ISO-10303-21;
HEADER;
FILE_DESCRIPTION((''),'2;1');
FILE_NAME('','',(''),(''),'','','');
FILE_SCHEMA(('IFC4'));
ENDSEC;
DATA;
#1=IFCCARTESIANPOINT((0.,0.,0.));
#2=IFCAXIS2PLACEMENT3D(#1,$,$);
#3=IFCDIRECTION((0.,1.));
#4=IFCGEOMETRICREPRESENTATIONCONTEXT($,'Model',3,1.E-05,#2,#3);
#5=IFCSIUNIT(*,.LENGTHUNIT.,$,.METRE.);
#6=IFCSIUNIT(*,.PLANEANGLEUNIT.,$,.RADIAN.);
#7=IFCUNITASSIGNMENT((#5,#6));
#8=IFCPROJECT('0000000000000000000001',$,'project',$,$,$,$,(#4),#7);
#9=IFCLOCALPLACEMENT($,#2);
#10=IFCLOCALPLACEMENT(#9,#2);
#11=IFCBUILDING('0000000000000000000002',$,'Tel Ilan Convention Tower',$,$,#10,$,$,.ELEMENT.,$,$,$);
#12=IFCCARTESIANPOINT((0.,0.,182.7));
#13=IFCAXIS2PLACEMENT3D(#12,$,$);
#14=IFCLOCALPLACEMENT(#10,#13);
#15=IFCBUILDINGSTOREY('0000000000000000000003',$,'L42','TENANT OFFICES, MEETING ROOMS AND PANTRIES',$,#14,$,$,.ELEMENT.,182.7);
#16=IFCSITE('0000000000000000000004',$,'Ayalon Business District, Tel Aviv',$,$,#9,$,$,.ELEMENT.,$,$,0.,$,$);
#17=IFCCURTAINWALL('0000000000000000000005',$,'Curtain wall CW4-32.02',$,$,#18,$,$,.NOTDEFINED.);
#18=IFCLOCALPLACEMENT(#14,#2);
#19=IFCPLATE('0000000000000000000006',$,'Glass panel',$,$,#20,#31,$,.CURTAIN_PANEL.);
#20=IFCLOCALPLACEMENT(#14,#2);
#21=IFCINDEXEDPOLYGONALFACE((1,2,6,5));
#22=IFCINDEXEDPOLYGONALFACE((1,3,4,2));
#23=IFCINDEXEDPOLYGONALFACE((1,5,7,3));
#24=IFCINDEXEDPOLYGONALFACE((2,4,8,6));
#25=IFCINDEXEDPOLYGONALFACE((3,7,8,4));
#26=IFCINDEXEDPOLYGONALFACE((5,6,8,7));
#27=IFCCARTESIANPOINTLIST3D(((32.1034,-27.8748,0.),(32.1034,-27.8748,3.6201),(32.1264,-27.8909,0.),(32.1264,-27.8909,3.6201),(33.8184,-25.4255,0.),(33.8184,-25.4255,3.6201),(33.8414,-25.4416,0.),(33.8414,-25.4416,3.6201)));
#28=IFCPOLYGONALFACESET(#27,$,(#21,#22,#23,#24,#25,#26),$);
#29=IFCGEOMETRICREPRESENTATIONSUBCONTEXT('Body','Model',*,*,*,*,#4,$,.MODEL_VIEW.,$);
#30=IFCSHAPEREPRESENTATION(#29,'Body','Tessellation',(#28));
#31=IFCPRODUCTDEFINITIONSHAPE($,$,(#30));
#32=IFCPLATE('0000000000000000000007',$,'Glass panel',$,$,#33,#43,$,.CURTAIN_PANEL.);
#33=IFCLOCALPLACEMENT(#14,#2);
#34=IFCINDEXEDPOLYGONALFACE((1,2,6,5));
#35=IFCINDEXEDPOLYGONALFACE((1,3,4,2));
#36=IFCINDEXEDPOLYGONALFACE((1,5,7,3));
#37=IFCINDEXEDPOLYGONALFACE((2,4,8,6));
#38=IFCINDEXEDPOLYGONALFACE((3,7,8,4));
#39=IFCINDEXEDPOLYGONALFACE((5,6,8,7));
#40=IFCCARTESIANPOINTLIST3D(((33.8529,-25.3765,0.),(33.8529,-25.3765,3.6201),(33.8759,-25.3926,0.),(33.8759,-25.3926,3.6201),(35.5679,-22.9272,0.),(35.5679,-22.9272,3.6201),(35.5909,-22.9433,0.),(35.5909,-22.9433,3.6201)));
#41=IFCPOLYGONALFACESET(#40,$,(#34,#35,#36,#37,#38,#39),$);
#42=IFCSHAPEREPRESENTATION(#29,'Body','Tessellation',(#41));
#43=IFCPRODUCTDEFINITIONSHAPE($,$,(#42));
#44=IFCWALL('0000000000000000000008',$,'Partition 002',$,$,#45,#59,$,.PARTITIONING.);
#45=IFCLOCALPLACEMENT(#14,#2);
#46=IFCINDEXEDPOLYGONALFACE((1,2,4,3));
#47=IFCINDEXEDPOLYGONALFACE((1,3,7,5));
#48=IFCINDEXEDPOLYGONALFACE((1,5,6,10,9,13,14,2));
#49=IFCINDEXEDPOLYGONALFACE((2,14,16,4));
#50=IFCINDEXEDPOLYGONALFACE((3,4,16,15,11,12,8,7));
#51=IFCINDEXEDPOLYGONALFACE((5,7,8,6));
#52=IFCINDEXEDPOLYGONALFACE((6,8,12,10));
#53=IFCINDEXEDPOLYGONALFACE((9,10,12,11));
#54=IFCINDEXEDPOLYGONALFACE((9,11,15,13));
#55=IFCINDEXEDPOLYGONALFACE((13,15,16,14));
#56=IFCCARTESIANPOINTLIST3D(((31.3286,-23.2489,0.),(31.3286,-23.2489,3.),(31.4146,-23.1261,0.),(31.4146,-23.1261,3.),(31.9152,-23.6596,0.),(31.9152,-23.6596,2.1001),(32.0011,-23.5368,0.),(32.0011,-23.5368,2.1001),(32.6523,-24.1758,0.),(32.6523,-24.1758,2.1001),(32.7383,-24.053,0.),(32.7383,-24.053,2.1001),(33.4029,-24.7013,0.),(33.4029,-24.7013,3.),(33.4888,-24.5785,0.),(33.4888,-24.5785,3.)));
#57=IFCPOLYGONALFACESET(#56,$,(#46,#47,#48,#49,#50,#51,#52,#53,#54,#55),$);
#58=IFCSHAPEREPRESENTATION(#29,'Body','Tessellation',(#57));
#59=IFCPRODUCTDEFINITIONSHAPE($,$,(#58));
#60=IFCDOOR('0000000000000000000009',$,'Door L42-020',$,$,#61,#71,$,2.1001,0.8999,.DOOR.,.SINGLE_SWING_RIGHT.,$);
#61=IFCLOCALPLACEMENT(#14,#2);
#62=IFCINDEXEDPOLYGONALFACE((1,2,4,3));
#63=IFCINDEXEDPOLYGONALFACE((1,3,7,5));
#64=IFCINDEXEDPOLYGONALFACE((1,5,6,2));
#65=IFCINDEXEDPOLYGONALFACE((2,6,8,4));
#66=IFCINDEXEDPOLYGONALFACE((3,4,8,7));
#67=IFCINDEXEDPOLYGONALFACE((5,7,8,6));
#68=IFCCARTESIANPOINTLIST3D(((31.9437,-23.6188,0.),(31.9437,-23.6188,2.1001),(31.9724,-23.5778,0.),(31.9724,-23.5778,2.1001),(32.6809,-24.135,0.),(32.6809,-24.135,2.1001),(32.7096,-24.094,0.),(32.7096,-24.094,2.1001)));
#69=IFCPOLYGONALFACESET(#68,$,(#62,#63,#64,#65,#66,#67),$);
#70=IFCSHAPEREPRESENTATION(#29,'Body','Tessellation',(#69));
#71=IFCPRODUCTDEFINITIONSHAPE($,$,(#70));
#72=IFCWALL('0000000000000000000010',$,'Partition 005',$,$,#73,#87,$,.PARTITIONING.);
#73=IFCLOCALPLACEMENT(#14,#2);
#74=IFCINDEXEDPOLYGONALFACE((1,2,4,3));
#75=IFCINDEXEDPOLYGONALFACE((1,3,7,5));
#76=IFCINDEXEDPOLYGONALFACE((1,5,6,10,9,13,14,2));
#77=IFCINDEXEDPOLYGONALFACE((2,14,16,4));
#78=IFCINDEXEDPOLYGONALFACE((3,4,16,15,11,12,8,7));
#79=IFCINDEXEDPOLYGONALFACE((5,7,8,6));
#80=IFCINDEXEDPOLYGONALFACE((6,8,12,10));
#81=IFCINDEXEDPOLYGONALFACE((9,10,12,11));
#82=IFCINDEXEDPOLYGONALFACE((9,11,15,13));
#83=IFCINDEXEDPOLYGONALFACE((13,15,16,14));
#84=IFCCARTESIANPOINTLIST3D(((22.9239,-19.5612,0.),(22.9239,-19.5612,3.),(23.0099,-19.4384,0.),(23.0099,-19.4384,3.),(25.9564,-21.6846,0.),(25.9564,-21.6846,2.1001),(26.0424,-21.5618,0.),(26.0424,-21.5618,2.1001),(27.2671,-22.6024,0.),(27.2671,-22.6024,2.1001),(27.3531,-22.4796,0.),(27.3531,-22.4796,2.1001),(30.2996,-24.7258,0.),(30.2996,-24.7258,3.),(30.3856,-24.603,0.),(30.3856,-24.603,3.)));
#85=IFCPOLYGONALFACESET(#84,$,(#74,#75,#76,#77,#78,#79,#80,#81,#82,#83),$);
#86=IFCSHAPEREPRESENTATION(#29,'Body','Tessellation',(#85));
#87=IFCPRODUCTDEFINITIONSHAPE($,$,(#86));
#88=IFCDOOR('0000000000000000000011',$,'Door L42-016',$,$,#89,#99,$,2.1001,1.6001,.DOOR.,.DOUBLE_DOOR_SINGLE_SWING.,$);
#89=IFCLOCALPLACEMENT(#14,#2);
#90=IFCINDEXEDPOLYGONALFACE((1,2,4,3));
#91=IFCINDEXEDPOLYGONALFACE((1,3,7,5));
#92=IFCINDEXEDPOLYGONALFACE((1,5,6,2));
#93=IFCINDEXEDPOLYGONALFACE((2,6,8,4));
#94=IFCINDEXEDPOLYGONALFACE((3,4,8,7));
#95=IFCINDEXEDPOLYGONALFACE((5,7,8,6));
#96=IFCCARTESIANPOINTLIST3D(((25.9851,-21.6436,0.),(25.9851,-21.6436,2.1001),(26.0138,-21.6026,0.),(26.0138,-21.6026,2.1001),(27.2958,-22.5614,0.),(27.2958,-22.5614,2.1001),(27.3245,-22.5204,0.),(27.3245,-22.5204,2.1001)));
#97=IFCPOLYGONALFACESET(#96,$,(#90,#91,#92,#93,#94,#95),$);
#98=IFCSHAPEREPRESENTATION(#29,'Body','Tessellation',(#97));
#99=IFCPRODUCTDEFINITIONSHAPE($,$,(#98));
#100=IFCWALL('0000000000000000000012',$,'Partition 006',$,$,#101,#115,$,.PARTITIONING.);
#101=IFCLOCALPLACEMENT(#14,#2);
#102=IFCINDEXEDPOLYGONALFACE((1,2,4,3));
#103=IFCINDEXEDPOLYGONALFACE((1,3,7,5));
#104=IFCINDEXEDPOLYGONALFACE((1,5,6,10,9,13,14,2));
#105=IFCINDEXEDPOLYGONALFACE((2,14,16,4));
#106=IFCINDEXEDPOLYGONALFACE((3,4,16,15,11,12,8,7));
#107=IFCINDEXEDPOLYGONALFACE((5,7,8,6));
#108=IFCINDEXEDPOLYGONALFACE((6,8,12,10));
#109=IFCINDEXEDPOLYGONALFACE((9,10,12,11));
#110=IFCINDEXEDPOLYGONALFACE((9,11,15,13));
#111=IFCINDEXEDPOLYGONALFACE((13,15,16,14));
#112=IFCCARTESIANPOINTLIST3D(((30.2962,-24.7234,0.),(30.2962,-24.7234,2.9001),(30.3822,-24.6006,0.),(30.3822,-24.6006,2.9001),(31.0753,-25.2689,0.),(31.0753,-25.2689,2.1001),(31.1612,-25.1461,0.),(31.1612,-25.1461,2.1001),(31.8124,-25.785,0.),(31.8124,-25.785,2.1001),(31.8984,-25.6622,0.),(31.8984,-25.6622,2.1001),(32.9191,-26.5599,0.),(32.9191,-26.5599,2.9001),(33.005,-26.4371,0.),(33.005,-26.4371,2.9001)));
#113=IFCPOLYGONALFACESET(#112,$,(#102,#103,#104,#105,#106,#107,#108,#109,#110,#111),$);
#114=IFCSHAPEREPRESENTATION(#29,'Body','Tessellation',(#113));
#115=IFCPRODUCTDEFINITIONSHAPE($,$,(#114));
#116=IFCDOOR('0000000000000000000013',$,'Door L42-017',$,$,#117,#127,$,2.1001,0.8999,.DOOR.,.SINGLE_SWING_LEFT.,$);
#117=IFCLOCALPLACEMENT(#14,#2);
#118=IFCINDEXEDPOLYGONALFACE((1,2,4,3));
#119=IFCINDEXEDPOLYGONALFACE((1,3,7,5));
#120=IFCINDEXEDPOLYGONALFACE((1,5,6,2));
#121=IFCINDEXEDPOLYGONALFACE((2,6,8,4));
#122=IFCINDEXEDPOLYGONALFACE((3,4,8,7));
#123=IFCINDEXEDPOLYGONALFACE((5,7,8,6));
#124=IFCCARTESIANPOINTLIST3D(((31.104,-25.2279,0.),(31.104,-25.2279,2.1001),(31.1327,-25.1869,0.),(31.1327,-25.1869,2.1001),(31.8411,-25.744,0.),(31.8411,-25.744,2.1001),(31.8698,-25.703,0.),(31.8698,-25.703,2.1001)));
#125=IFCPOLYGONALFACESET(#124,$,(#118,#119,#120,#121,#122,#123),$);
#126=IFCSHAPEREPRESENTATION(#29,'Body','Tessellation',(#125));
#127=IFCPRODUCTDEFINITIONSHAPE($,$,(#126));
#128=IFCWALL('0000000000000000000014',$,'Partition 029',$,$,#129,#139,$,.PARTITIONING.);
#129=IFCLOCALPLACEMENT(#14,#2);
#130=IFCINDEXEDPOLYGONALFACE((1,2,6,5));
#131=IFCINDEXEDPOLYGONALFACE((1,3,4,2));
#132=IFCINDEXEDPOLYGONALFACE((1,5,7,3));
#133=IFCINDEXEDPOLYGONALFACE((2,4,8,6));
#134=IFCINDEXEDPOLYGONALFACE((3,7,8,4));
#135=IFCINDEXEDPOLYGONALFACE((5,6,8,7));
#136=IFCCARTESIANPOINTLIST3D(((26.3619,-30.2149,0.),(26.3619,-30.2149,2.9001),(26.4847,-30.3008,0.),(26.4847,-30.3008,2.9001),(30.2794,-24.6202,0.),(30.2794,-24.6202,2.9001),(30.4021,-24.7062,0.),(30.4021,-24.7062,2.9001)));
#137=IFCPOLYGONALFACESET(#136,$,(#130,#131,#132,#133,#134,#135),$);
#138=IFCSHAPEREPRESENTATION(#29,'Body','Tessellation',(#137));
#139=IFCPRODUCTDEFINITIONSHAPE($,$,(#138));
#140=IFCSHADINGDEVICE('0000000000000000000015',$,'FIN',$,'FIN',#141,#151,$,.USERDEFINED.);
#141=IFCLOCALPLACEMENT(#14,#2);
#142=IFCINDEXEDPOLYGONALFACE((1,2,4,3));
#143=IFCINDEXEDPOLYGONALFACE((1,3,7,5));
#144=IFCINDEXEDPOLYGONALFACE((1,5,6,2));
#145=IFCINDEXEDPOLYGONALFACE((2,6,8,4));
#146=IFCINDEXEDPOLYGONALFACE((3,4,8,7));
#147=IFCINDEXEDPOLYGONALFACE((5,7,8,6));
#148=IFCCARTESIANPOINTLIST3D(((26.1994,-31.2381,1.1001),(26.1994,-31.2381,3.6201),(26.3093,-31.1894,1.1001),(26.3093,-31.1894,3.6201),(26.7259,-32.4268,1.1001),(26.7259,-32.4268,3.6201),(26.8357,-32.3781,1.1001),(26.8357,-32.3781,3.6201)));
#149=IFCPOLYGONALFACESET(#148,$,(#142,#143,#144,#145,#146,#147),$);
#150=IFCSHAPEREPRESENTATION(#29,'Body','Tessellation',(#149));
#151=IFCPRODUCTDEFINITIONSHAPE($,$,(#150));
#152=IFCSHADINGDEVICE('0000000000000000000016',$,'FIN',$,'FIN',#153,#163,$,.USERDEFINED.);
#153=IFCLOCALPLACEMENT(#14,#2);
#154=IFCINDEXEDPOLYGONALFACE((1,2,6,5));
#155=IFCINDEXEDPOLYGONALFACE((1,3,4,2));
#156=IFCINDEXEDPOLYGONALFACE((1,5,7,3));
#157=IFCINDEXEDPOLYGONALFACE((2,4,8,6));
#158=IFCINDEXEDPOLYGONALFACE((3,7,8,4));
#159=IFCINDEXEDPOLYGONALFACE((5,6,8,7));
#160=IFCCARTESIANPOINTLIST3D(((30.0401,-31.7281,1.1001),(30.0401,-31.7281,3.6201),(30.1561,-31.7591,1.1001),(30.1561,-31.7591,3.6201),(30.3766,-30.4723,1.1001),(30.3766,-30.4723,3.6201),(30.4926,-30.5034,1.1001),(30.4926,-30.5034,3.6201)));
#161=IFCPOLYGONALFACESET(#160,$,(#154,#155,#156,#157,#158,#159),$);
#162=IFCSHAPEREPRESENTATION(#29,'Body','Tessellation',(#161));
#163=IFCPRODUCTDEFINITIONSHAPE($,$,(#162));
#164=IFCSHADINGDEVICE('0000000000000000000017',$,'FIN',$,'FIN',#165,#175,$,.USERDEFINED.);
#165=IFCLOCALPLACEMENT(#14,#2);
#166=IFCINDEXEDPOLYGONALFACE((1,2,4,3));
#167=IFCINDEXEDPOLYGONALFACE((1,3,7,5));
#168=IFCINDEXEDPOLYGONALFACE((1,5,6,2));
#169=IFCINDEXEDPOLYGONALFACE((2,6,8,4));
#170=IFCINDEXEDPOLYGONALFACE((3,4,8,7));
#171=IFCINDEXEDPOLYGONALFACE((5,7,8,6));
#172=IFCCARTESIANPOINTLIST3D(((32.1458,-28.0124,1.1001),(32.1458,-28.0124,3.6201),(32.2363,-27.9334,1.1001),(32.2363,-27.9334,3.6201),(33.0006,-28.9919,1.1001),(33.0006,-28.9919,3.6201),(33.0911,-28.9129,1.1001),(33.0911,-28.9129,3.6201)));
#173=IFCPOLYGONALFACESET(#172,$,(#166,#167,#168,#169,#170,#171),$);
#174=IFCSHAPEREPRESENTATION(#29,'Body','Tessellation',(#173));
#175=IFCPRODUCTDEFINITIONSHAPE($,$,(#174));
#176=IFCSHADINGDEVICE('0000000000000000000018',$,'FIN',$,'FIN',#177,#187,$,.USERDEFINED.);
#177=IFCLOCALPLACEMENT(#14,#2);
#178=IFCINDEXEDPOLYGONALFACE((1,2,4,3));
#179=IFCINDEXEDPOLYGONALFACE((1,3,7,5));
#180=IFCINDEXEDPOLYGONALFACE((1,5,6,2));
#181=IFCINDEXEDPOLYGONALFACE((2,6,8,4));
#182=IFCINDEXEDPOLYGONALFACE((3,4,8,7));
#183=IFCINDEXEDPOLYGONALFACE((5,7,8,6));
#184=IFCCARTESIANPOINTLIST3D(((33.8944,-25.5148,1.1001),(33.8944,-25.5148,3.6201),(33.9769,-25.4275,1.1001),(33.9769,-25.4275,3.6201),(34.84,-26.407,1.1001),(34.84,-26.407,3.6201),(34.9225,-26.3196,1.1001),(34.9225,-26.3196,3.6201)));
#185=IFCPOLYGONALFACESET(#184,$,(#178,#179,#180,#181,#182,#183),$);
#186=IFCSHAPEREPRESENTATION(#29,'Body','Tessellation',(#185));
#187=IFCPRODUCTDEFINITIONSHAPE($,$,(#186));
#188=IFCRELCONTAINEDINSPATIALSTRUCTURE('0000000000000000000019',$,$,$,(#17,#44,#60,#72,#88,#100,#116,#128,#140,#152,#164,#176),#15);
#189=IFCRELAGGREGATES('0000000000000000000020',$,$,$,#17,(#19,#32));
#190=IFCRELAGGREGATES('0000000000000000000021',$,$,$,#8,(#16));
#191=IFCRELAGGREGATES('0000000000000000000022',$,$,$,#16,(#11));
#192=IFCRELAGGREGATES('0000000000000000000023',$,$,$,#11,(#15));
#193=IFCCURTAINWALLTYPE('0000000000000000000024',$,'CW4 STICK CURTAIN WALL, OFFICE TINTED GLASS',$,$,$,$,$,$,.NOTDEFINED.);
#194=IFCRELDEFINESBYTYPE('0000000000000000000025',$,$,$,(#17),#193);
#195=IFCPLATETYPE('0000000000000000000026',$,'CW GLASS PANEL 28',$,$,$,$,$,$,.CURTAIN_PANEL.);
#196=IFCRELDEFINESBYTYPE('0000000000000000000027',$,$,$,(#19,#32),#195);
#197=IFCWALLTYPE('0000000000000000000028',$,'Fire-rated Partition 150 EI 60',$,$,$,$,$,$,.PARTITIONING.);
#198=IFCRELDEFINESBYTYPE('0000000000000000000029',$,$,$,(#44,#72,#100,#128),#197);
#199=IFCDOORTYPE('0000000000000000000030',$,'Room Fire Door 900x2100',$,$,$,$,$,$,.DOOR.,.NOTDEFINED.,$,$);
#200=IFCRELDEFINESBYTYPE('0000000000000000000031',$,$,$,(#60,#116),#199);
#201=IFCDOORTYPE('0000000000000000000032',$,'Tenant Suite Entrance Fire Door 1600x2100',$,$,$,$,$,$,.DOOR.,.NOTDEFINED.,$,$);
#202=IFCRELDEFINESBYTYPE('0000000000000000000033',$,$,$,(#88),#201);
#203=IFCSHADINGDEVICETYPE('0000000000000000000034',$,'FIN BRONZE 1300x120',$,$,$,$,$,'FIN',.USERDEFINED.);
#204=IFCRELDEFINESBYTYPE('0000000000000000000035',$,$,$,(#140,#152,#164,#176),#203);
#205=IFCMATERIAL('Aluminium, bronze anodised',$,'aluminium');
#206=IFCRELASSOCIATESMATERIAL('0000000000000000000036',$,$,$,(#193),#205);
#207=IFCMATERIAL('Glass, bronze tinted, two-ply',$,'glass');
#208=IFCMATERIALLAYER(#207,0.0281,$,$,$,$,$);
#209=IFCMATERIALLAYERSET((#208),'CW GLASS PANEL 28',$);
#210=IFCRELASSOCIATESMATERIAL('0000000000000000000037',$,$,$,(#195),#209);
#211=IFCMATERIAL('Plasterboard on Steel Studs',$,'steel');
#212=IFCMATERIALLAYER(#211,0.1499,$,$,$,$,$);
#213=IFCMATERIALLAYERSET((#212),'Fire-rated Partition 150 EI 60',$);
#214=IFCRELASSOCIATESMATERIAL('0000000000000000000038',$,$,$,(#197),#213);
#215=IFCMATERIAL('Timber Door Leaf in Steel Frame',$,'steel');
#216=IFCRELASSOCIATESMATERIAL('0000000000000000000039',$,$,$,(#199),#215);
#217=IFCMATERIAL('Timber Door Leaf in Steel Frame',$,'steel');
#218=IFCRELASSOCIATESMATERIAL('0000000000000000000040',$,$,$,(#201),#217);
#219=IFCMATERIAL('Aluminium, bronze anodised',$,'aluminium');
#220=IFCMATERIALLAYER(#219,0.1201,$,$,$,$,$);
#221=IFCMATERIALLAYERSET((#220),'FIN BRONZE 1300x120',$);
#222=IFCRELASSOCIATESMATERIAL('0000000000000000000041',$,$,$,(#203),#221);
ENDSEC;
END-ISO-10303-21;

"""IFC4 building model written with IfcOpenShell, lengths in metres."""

from ifc_helpers import new_model, si_unit, direction, frame, frame_2d, origin, origin_2d, place, context, subcontext, project, spatial, rectangle, extrude, material, layer, layer_set, type_object, element, fill, aggregate, save


model = new_model("IFC4")

# Units and contexts
model_context = context("Model", 3, precision=1e-05, world=origin(), true_north=direction((0.0, 1.0)))
body_context = subcontext(model_context, "Body", "Model", "MODEL_VIEW")
ifc_project = project(units=[si_unit("LENGTHUNIT", "METRE"), si_unit("PLANEANGLEUNIT", "RADIAN")], contexts=[model_context])

# Site, building, storey
site_placement = place(None, origin())
site = spatial("IfcSite", under=ifc_project, at=site_placement, Name="Ayalon Business District, Tel Aviv", CompositionType="ELEMENT", RefElevation=0.0)
building_placement = place(site_placement, origin())
building = spatial("IfcBuilding", under=site, at=building_placement, Name="Tel Ilan Convention Tower", CompositionType="ELEMENT")
storey_placement = place(building_placement, frame((0.0, 0.0, 182.7)))
storey = spatial("IfcBuildingStorey", under=building, at=storey_placement, Name="L42", Description="TENANT OFFICES, MEETING ROOMS AND PANTRIES", CompositionType="ELEMENT", Elevation=182.7)

# Curtain wall, plates
ifc_material_1 = material(Name="Aluminium, bronze anodised", Category="aluminium")
curtain_wall_type = type_object("IfcCurtainWallType", Name="CW4 STICK CURTAIN WALL, OFFICE TINTED GLASS", PredefinedType="NOTDEFINED", material=ifc_material_1)
curtain_wall_placement = place(storey_placement, origin())
curtain_wall = element("IfcCurtainWall", 1, at=curtain_wall_placement, inside=storey, type_object=curtain_wall_type, Name="Curtain wall CW4-32.02", PredefinedType="NOTDEFINED")
ifc_material_2 = material(Name="Glass, bronze tinted, two-ply", Category="glass")
ifc_layer_1 = layer(ifc_material_2, 0.0281)
ifc_layer_set_1 = layer_set([ifc_layer_1], Name="CW GLASS PANEL 28")
plate_type = type_object("IfcPlateType", Name="CW GLASS PANEL 28", PredefinedType="CURTAIN_PANEL", material=ifc_layer_set_1)
plate_1_placement = place(storey_placement, frame((32.9724, -26.6582, 0.0), z_axis=(0.0, 0.0, 1.0), x_axis=(0.573576, 0.819152, 0.0)))
plate_1 = element("IfcPlate", 2, at=plate_1_placement, type_object=plate_type, Name="Glass panel", PredefinedType="CURTAIN_PANEL", context=body_context, shape_type="SweptSolid", body=[
    extrude(rectangle(XDim=2.99, YDim=0.0281, at=origin_2d()), origin(), (0.0, 0.0, 1.0), 3.6201),
])
plate_2_placement = place(storey_placement, frame((34.7219, -24.1599, 0.0), z_axis=(0.0, 0.0, 1.0), x_axis=(0.573576, 0.819152, 0.0)))
plate_2 = element("IfcPlate", 3, at=plate_2_placement, type_object=plate_type, Name="Glass panel", PredefinedType="CURTAIN_PANEL", context=body_context, shape_type="SweptSolid", body=[
    extrude(rectangle(XDim=2.99, YDim=0.0281, at=origin_2d()), origin(), (0.0, 0.0, 1.0), 3.6201),
])
aggregate(curtain_wall, [plate_1, plate_2])

# Walls, openings, doors
ifc_material_3 = material(Name="Plasterboard on Steel Studs", Category="steel")
ifc_layer_2 = layer(ifc_material_3, 0.1499)
ifc_layer_set_2 = layer_set([ifc_layer_2], Name="Fire-rated Partition 150 EI 60")
wall_type = type_object("IfcWallType", Name="Fire-rated Partition 150 EI 60", PredefinedType="PARTITIONING", material=ifc_layer_set_2)
wall_1_placement = place(storey_placement, frame((31.3716, -23.1875, 0.0), z_axis=(0.0, 0.0, 1.0), x_axis=(0.81915, -0.573579, 0.0)))
wall_1 = element("IfcWall", 4, at=wall_1_placement, inside=storey, type_object=wall_type, Name="Partition 002", PredefinedType="PARTITIONING", context=body_context, shape_type="SweptSolid", body=[
    extrude(rectangle(XDim=2.5322, YDim=0.1499, at=frame_2d((1.2661, 0.0))), origin(), (0.0, 0.0, 1.0), 3.0),
])
opening_1_placement = place(wall_1_placement, frame((0.7161, 0.0, 0.0)))
opening_1 = element("IfcOpeningElement", 5, at=opening_1_placement, cuts=wall_1, PredefinedType="OPENING", context=body_context, shape_type="SweptSolid", body=[
    extrude(rectangle(XDim=0.8999, YDim=2.1001, at=frame_2d((0.45, 1.05))), frame((0.0, 0.085, 0.0), z_axis=(0.0, -1.0, 0.0), x_axis=(1.0, 0.0, 0.0)), (0.0, 0.0, 1.0), 0.1699),
])
ifc_material_4 = material(Name="Timber Door Leaf in Steel Frame", Category="steel")
door_type_1 = type_object("IfcDoorType", Name="Room Fire Door 900x2100", OperationType="NOTDEFINED", PredefinedType="DOOR", material=ifc_material_4)
door_1_placement = place(opening_1_placement, origin())
door_1 = element("IfcDoor", 6, at=door_1_placement, inside=storey, type_object=door_type_1, Name="Door L42-020", OperationType="SINGLE_SWING_RIGHT", OverallHeight=2.1001, OverallWidth=0.8999, PredefinedType="DOOR", context=body_context, shape_type="SweptSolid", body=[
    extrude(rectangle(XDim=0.8999, YDim=2.1001, at=frame_2d((0.45, 1.05))), frame((0.0, 0.0249, 0.0), z_axis=(0.0, -1.0, 0.0), x_axis=(1.0, 0.0, 0.0)), (0.0, 0.0, 1.0), 0.05),
])
fill(opening_1, door_1)
wall_2_placement = place(storey_placement, frame((30.3425, -24.6643, 0.0), z_axis=(0.0, 0.0, 1.0), x_axis=(-0.819152, 0.573577, 0.0)))
wall_2 = element("IfcWall", 7, at=wall_2_placement, inside=storey, type_object=wall_type, Name="Partition 005", PredefinedType="PARTITIONING", context=body_context, shape_type="SweptSolid", body=[
    extrude(rectangle(XDim=9.0042, YDim=0.1499, at=frame_2d((4.502, 0.0))), origin(), (0.0, 0.0, 1.0), 3.0),
])
opening_2_placement = place(wall_2_placement, frame((3.7019, 0.0, 0.0)))
opening_2 = element("IfcOpeningElement", 8, at=opening_2_placement, cuts=wall_2, PredefinedType="OPENING", context=body_context, shape_type="SweptSolid", body=[
    extrude(rectangle(XDim=1.6001, YDim=2.1001, at=frame_2d((0.8, 1.05))), frame((0.0, 0.085, 0.0), z_axis=(0.0, -1.0, 0.0), x_axis=(1.0, 0.0, 0.0)), (0.0, 0.0, 1.0), 0.1699),
])
ifc_material_5 = material(Name="Timber Door Leaf in Steel Frame", Category="steel")
door_type_2 = type_object("IfcDoorType", Name="Tenant Suite Entrance Fire Door 1600x2100", OperationType="NOTDEFINED", PredefinedType="DOOR", material=ifc_material_5)
door_2_placement = place(opening_2_placement, origin())
door_2 = element("IfcDoor", 9, at=door_2_placement, inside=storey, type_object=door_type_2, Name="Door L42-016", OperationType="DOUBLE_DOOR_SINGLE_SWING", OverallHeight=2.1001, OverallWidth=1.6001, PredefinedType="DOOR", context=body_context, shape_type="SweptSolid", body=[
    extrude(rectangle(XDim=1.6001, YDim=2.1001, at=frame_2d((0.8, 1.05))), frame((0.0, 0.0249, 0.0), z_axis=(0.0, -1.0, 0.0), x_axis=(1.0, 0.0, 0.0)), (0.0, 0.0, 1.0), 0.05),
])
fill(opening_2, door_2)
wall_3_placement = place(storey_placement, frame((32.9622, -26.4985, 0.0), z_axis=(0.0, 0.0, 1.0), x_axis=(-0.819164, 0.57356, 0.0)))
wall_3 = element("IfcWall", 10, at=wall_3_placement, inside=storey, type_object=wall_type, Name="Partition 006", PredefinedType="PARTITIONING", context=body_context, shape_type="SweptSolid", body=[
    extrude(rectangle(XDim=3.2019, YDim=0.1499, at=frame_2d((1.6011, 0.0))), origin(), (0.0, 0.0, 1.0), 2.9001),
])
opening_3_placement = place(wall_3_placement, frame((1.3511, 0.0, 0.0)))
opening_3 = element("IfcOpeningElement", 11, at=opening_3_placement, cuts=wall_3, PredefinedType="OPENING", context=body_context, shape_type="SweptSolid", body=[
    extrude(rectangle(XDim=0.8999, YDim=2.1001, at=frame_2d((0.45, 1.05))), frame((0.0, 0.085, 0.0), z_axis=(0.0, -1.0, 0.0), x_axis=(1.0, 0.0, 0.0)), (0.0, 0.0, 1.0), 0.1699),
])
door_3_placement = place(opening_3_placement, origin())
door_3 = element("IfcDoor", 12, at=door_3_placement, inside=storey, type_object=door_type_1, Name="Door L42-017", OperationType="SINGLE_SWING_LEFT", OverallHeight=2.1001, OverallWidth=0.8999, PredefinedType="DOOR", context=body_context, shape_type="SweptSolid", body=[
    extrude(rectangle(XDim=0.8999, YDim=2.1001, at=frame_2d((0.45, 1.05))), frame((0.0, 0.0249, 0.0), z_axis=(0.0, -1.0, 0.0), x_axis=(1.0, 0.0, 0.0)), (0.0, 0.0, 1.0), 0.05),
])
fill(opening_3, door_3)

# Wall
wall_4_placement = place(storey_placement, frame((30.3408, -24.6631, 0.0), z_axis=(0.0, 0.0, 1.0), x_axis=(-0.573577, -0.819151, 0.0)))
element("IfcWall", 13, at=wall_4_placement, inside=storey, type_object=wall_type, Name="Partition 029", PredefinedType="PARTITIONING", context=body_context, shape_type="SweptSolid", body=[
    extrude(rectangle(XDim=6.8298, YDim=0.1499, at=frame_2d((3.415, 0.0))), origin(), (0.0, 0.0, 1.0), 2.9001),
])

# Shading devices
ifc_material_6 = material(Name="Aluminium, bronze anodised", Category="aluminium")
ifc_layer_3 = layer(ifc_material_6, 0.1201)
ifc_layer_set_3 = layer_set([ifc_layer_3], Name="FIN BRONZE 1300x120")
shading_device_type = type_object("IfcShadingDeviceType", Name="FIN BRONZE 1300x120", ElementType="FIN", PredefinedType="USERDEFINED", material=ifc_layer_set_3)
for number, where, z_axis, x_axis, name in (
    (14, (26.5176, -31.8081, 1.1001), (0.0, 0.0, 1.0), (0.404964, -0.914333, 0.0), "FIN"),
    (15, (30.2664, -31.1157, 1.1001), (0.0, 0.0, 1.0), (-0.258819, -0.965926, 0.0), "FIN"),
    (16, (32.6184, -28.4626, 1.1001), (0.0, 0.0, 1.0), (0.657521, -0.753436, 0.0), "FIN"),
    (17, (34.4084, -25.9172, 1.1001), (0.0, 0.0, 1.0), (0.727374, -0.686242, 0.0), "FIN"),
):
    element("IfcShadingDevice", number, at=place(storey_placement, frame(where, z_axis=z_axis, x_axis=x_axis)), inside=storey, type_object=shading_device_type, Name=name, ObjectType="FIN", PredefinedType="USERDEFINED", context=body_context, shape_type="SweptSolid", body=[
        extrude(rectangle(XDim=1.3, YDim=0.1201, at=origin_2d()), origin(), (0.0, 0.0, 1.0), 2.52),
    ])

save(model, "model.ifc")
